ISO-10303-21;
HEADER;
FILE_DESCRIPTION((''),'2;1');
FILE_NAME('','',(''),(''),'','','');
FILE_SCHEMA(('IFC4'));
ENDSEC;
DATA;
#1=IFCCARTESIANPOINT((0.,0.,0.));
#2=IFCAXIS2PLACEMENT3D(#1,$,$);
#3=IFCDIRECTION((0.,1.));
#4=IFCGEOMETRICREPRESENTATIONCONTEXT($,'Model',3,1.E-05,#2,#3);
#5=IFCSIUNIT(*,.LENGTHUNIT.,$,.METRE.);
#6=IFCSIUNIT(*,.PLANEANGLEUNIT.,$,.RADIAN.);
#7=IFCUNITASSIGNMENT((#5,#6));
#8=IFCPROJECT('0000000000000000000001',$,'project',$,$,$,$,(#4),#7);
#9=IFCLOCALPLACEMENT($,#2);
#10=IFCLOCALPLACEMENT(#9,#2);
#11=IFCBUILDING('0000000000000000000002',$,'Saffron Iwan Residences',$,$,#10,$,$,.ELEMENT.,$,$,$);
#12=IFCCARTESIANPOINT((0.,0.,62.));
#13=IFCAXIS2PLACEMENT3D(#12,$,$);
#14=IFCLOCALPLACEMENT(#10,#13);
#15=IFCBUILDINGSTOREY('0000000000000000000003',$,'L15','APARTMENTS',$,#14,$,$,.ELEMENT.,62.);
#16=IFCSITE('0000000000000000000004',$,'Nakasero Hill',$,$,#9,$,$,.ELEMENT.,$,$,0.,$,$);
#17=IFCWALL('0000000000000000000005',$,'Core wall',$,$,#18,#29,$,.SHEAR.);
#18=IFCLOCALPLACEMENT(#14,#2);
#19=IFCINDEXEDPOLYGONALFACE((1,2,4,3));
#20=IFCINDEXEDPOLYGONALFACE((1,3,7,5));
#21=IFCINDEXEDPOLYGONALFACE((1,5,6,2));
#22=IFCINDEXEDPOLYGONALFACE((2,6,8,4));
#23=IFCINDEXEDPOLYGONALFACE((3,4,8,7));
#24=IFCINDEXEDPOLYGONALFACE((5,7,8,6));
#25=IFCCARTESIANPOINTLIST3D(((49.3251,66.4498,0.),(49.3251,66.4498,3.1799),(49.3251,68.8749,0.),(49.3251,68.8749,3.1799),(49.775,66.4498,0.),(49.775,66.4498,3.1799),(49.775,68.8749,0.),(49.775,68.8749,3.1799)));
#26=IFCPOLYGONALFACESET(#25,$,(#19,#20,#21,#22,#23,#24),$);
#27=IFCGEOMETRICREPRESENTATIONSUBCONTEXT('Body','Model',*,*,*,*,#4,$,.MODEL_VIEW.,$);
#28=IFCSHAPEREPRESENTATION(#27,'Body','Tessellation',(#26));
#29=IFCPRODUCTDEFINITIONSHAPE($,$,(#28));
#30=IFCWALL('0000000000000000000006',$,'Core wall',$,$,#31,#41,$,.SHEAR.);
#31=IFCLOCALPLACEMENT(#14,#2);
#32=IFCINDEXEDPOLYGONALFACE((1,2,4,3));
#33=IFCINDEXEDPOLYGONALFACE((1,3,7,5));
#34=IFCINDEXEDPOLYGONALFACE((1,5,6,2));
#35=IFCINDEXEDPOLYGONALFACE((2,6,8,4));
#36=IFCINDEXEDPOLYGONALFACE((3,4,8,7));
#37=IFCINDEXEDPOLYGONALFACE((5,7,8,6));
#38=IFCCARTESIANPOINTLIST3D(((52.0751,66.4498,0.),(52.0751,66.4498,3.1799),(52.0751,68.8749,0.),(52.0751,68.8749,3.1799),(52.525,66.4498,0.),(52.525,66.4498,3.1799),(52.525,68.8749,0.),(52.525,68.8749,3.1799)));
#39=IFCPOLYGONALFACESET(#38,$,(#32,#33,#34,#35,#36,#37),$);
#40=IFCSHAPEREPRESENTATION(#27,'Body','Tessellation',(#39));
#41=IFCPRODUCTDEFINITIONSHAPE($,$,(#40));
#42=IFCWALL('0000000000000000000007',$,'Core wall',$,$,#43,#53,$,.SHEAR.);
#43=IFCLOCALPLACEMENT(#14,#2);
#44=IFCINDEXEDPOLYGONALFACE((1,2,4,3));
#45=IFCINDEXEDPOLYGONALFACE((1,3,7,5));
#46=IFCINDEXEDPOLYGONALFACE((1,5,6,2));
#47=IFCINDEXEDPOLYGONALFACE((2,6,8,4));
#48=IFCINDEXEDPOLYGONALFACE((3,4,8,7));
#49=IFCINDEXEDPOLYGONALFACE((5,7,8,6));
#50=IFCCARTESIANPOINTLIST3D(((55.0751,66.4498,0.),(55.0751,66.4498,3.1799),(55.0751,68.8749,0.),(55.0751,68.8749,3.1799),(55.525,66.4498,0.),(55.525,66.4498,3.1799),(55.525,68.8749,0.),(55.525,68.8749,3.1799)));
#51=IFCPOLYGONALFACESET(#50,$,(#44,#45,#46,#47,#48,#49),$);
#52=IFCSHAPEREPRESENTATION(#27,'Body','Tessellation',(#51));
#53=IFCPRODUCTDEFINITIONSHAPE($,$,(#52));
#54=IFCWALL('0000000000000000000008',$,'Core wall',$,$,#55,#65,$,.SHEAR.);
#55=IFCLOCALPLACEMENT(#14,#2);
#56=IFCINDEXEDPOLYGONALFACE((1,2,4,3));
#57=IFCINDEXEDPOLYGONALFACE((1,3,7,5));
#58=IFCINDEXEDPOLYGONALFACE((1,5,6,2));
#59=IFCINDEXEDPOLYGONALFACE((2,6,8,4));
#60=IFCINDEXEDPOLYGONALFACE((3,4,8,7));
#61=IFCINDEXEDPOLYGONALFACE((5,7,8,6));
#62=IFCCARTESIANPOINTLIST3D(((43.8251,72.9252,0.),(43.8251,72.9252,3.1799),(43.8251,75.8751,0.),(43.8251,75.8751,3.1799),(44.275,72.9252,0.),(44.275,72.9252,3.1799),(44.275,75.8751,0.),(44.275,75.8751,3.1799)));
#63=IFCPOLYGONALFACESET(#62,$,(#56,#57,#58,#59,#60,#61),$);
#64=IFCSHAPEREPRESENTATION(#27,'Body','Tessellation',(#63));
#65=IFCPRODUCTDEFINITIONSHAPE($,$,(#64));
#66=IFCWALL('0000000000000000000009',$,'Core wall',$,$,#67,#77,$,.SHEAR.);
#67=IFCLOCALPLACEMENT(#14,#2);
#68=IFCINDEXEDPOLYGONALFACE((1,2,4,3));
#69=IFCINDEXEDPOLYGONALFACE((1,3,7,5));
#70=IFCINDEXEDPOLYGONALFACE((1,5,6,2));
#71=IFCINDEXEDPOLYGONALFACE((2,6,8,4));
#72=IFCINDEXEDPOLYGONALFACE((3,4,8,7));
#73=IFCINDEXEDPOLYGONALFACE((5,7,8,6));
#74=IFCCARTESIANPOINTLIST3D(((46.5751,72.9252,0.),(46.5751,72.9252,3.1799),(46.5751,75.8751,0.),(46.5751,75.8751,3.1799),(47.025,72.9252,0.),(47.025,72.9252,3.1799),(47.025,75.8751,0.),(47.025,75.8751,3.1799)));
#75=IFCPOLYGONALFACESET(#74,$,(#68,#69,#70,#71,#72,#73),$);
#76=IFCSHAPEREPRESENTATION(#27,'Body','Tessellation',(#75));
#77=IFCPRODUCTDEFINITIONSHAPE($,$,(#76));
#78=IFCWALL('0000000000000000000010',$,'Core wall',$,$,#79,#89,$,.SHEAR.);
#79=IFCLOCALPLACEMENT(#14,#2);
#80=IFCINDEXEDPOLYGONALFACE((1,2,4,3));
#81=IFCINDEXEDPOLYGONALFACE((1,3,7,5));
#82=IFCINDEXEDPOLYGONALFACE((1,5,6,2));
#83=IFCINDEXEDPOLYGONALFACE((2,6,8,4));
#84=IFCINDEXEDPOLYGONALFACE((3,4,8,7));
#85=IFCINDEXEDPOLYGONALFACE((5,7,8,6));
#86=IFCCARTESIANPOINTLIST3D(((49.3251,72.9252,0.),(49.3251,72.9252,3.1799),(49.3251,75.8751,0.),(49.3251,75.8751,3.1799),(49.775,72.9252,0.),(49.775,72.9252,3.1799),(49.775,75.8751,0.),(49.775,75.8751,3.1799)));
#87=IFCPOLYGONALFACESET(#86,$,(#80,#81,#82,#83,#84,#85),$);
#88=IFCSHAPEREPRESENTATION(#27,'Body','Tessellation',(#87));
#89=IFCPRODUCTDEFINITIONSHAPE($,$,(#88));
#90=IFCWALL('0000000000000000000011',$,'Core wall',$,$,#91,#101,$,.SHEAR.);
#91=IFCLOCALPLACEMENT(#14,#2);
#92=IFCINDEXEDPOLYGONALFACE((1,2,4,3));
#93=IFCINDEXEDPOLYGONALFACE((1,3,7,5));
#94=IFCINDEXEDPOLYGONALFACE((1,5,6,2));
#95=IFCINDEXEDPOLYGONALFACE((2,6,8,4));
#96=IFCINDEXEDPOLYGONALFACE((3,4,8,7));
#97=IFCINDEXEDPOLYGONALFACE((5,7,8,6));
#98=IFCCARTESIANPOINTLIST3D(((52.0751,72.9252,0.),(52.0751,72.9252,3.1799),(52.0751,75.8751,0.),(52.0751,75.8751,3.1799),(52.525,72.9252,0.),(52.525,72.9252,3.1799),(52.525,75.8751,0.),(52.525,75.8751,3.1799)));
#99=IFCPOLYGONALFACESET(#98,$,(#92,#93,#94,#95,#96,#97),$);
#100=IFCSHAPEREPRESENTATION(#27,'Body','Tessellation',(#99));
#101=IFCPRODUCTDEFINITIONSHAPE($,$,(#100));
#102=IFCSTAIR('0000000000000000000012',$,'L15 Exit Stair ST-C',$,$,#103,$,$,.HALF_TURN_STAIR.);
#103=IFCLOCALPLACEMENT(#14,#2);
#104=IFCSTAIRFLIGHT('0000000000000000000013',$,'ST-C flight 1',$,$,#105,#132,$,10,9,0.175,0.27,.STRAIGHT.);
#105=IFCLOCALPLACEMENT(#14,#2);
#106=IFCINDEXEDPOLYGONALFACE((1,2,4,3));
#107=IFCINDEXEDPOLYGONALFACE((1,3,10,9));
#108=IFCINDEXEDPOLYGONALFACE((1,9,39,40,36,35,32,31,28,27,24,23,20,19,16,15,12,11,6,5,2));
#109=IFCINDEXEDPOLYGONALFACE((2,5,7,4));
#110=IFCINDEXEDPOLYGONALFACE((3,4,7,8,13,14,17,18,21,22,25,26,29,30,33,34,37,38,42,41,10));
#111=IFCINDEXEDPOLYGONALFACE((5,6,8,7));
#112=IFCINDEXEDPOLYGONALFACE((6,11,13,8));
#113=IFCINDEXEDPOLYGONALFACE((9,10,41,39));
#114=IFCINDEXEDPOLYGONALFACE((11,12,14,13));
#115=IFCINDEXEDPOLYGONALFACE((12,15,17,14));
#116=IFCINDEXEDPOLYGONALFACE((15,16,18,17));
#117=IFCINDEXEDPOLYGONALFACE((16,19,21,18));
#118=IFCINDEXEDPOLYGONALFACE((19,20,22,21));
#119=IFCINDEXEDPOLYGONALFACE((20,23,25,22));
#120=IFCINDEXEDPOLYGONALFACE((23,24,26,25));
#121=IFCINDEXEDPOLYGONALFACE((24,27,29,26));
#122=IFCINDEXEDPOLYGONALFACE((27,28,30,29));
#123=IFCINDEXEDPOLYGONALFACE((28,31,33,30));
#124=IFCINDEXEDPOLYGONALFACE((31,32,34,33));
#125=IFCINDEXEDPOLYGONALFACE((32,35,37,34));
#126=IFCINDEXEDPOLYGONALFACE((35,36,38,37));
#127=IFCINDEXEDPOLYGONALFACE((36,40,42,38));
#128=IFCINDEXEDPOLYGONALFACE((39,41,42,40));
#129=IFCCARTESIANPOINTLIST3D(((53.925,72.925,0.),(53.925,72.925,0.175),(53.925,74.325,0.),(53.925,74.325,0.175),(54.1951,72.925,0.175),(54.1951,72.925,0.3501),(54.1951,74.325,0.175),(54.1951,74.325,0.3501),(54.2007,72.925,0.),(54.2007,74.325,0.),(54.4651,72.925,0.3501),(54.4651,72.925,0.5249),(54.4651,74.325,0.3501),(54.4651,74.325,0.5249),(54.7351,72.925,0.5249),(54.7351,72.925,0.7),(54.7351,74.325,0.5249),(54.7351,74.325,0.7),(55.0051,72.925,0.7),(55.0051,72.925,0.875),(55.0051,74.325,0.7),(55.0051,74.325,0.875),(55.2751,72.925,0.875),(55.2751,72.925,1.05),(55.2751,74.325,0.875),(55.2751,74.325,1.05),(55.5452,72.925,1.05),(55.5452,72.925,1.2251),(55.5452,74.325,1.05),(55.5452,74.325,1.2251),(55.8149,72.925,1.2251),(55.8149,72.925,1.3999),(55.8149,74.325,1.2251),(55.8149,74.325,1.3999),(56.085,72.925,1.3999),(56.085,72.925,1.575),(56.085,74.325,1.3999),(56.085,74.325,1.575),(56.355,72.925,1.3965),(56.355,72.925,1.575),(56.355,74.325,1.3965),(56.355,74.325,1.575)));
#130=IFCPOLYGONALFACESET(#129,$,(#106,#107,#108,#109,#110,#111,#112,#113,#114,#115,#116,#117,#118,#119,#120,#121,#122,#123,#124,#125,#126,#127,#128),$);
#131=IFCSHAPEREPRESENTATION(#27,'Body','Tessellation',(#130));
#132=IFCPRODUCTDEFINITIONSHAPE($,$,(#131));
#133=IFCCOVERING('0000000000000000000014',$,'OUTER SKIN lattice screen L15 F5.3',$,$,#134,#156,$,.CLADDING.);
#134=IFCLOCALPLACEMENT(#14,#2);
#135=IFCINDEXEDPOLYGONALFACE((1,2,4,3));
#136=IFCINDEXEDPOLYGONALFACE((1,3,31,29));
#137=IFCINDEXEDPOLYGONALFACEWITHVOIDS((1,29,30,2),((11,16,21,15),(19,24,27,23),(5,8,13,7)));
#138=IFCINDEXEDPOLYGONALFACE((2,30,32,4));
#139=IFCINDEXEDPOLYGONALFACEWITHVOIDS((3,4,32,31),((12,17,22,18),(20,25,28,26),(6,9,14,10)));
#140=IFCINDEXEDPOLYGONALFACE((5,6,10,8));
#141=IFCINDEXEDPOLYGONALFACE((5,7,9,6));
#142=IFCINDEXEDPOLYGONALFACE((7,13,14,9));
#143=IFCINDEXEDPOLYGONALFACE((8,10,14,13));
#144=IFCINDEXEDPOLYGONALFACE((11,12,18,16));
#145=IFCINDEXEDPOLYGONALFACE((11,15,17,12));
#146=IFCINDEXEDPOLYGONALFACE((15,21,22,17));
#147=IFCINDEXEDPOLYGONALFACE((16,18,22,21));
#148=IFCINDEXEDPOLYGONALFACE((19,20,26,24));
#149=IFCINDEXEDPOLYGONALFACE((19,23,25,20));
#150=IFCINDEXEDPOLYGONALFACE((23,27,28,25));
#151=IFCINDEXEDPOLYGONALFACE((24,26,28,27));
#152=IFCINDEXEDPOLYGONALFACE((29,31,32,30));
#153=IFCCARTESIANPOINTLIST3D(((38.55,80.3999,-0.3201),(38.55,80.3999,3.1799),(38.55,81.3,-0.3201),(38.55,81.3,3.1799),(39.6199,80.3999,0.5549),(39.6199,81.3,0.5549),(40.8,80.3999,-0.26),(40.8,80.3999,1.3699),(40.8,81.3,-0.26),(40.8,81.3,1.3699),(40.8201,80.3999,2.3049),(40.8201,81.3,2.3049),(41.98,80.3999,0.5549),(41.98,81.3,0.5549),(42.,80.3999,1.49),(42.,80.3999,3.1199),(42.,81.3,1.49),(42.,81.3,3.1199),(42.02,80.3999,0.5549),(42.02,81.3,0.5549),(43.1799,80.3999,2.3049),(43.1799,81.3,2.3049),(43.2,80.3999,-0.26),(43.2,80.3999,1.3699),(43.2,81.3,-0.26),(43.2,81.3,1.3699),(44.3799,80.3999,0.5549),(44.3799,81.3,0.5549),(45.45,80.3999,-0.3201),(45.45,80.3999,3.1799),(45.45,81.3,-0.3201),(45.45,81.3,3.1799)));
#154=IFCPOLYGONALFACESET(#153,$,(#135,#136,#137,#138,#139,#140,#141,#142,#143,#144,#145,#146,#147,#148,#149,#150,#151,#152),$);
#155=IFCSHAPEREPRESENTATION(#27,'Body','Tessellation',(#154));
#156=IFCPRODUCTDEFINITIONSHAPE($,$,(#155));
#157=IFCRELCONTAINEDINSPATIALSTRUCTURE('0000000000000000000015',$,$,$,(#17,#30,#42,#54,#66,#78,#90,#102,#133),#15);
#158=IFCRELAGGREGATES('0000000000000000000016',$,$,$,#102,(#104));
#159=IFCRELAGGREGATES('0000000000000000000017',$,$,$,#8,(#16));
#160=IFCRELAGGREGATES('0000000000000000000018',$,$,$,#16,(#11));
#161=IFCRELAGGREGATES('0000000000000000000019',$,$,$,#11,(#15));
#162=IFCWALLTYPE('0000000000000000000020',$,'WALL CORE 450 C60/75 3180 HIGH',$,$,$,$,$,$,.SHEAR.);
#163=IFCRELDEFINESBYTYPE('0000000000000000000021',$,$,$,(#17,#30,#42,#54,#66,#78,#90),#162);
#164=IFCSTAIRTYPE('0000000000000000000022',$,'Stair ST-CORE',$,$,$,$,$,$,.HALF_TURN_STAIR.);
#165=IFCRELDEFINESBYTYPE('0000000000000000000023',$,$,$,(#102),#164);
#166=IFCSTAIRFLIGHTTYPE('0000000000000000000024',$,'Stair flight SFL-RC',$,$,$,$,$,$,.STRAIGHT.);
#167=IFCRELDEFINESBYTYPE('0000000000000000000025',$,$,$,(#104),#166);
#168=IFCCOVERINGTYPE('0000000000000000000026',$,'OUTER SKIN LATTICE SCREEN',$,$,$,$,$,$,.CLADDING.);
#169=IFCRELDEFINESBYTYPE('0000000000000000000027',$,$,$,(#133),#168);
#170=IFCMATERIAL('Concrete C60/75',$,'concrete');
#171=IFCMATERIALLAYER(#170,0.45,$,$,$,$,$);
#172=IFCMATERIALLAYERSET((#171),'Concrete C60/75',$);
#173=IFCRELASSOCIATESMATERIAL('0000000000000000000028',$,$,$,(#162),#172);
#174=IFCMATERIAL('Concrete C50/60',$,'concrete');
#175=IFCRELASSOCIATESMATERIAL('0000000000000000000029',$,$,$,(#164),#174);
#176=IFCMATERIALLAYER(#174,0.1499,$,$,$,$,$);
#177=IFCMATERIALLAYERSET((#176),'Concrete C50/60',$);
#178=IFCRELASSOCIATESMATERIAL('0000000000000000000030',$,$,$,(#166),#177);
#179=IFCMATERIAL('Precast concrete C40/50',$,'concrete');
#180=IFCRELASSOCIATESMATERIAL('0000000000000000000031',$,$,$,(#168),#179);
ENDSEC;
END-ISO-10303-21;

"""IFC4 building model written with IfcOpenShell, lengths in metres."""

from ifc_helpers import new_model, si_unit, direction, frame, frame_2d, origin, place, context, subcontext, project, spatial, polyline, rectangle, outline, extrude, material, layer, layer_set, type_object, element, aggregate, save


model = new_model("IFC4")

# Units and contexts
model_context = context("Model", 3, precision=1e-05, world=origin(), true_north=direction((0.0, 1.0)))
body_context = subcontext(model_context, "Body", "Model", "MODEL_VIEW")
ifc_project = project(units=[si_unit("LENGTHUNIT", "METRE"), si_unit("PLANEANGLEUNIT", "RADIAN")], contexts=[model_context])

# Site, building, storey
site_placement = place(None, origin())
site = spatial("IfcSite", under=ifc_project, at=site_placement, Name="Nakasero Hill", CompositionType="ELEMENT", RefElevation=0.0)
building_placement = place(site_placement, origin())
building = spatial("IfcBuilding", under=site, at=building_placement, Name="Saffron Iwan Residences", CompositionType="ELEMENT")
storey_placement = place(building_placement, frame((0.0, 0.0, 62.0)))
storey = spatial("IfcBuildingStorey", under=building, at=storey_placement, Name="L15", Description="APARTMENTS", CompositionType="ELEMENT", Elevation=62.0)

# Shared definitions
ifc_material_1 = material(Name="Concrete C60/75", Category="concrete")

# Walls
ifc_layer_1 = layer(ifc_material_1, 0.45)
ifc_layer_set_1 = layer_set([ifc_layer_1], Name="Concrete C60/75")
wall_type_1 = type_object("IfcWallType", Name="WALL CORE 450 C60/75 3180 HIGH", PredefinedType="SHEAR", material=ifc_layer_set_1)
for number, where, z_axis, x_axis, name in (
    (1, (49.55, 66.45, 0.0), (0.0, 0.0, 1.0), (0.0, 1.0, 0.0), "Core wall"),
    (2, (52.3, 66.45, 0.0), (0.0, 0.0, 1.0), (0.0, 1.0, 0.0), "Core wall"),
    (3, (55.3, 66.45, 0.0), (0.0, 0.0, 1.0), (0.0, 1.0, 0.0), "Core wall"),
):
    element("IfcWall", number, at=place(storey_placement, frame(where, z_axis=z_axis, x_axis=x_axis)), inside=storey, type_object=wall_type_1, Name=name, PredefinedType="SHEAR", context=body_context, shape_type="SweptSolid", body=[
        extrude(rectangle(XDim=2.425, YDim=0.45, at=frame_2d((1.2124, 0.0))), origin(), (0.0, 0.0, 1.0), 3.1799),
    ])
for number, where, z_axis, x_axis, name in (
    (4, (44.05, 72.925, 0.0), (0.0, 0.0, 1.0), (0.0, 1.0, 0.0), "Core wall"),
    (5, (46.8, 72.925, 0.0), (0.0, 0.0, 1.0), (0.0, 1.0, 0.0), "Core wall"),
    (6, (49.55, 72.925, 0.0), (0.0, 0.0, 1.0), (0.0, 1.0, 0.0), "Core wall"),
    (7, (52.3, 72.925, 0.0), (0.0, 0.0, 1.0), (0.0, 1.0, 0.0), "Core wall"),
):
    element("IfcWall", number, at=place(storey_placement, frame(where, z_axis=z_axis, x_axis=x_axis)), inside=storey, type_object=wall_type_1, Name=name, PredefinedType="SHEAR", context=body_context, shape_type="SweptSolid", body=[
        extrude(rectangle(XDim=2.95, YDim=0.45, at=frame_2d((1.4751, 0.0))), origin(), (0.0, 0.0, 1.0), 3.1799),
    ])

# Stair, stair flight
ifc_material_2 = material(Name="Concrete C50/60", Category="concrete")
stair_type = type_object("IfcStairType", Name="Stair ST-CORE", PredefinedType="HALF_TURN_STAIR", material=ifc_material_2)
stair_placement = place(storey_placement, origin())
stair = element("IfcStair", 8, at=stair_placement, inside=storey, type_object=stair_type, Name="L15 Exit Stair ST-C", PredefinedType="HALF_TURN_STAIR")
ifc_layer_2 = layer(ifc_material_2, 0.1499)
ifc_layer_set_2 = layer_set([ifc_layer_2], Name="Concrete C50/60")
stair_flight_type = type_object("IfcStairFlightType", Name="Stair flight SFL-RC", PredefinedType="STRAIGHT", material=ifc_layer_set_2)
stair_flight_placement = place(storey_placement, frame((53.925, 73.625, 0.0), z_axis=(0.0, 0.0, 1.0), x_axis=(1.0, 0.0, 0.0)))
stair_flight = element("IfcStairFlight", 9, at=stair_flight_placement, type_object=stair_flight_type, Name="ST-C flight 1", NumberOfRisers=10, NumberOfTreads=9, PredefinedType="STRAIGHT", RiserHeight=0.175, TreadLength=0.27, context=body_context, shape_type="SweptSolid", body=[
    extrude(outline(polyline([(0.0, 0.0), (0.0, 0.175), (0.27, 0.175), (0.27, 0.3501), (0.54, 0.3501), (0.54, 0.5249), (0.8101, 0.5249), (0.8101, 0.7), (1.0801, 0.7), (1.0801, 0.875), (1.3501, 0.875), (1.3501, 1.05), (1.6201, 1.05), (1.6201, 1.2251), (1.8899, 1.2251), (1.8899, 1.3999), (2.1599, 1.3999), (2.1599, 1.575), (2.4299, 1.575), (2.4299, 1.75), (2.4299, 1.3965), (0.2756, 0.0), (0.0, 0.0)])), frame((0.0, 0.7, 0.0), z_axis=(0.0, -1.0, 0.0), x_axis=(1.0, 0.0, 0.0)), (0.0, 0.0, 1.0), 1.3999),
])
aggregate(stair, [stair_flight])

# Covering
ifc_material_3 = material(Name="Precast concrete C40/50", Category="concrete")
covering_type_1 = type_object("IfcCoveringType", Name="OUTER SKIN LATTICE SCREEN", PredefinedType="CLADDING", material=ifc_material_3)
covering_placement = place(storey_placement, frame((45.45, 80.3999, -0.3201), z_axis=(0.0, 1.0, 0.0), x_axis=(-1.0, 0.0, 0.0)))
element("IfcCovering", 10, at=covering_placement, inside=storey, type_object=covering_type_1, Name="OUTER SKIN lattice screen L15 F5.3", PredefinedType="CLADDING", context=body_context, shape_type="SweptSolid", body=[
    extrude(outline(polyline([(0.0, 0.0), (6.8999, 0.0), (6.8999, 3.5), (0.0, 3.5), (0.0, 0.0)]), holes=[polyline([(1.0701, 0.875), (2.25, 0.0601), (3.4299, 0.875), (2.25, 1.6899), (1.0701, 0.875)]), polyline([(3.47, 0.875), (4.6499, 0.0601), (5.8301, 0.875), (4.6499, 1.6899), (3.47, 0.875)]), polyline([(2.27, 2.625), (3.45, 1.8101), (4.6299, 2.625), (3.45, 3.4399), (2.27, 2.625)])]), origin(), (0.0, 0.0, 1.0), 0.9001),
])

save(model, "model.ifc")
